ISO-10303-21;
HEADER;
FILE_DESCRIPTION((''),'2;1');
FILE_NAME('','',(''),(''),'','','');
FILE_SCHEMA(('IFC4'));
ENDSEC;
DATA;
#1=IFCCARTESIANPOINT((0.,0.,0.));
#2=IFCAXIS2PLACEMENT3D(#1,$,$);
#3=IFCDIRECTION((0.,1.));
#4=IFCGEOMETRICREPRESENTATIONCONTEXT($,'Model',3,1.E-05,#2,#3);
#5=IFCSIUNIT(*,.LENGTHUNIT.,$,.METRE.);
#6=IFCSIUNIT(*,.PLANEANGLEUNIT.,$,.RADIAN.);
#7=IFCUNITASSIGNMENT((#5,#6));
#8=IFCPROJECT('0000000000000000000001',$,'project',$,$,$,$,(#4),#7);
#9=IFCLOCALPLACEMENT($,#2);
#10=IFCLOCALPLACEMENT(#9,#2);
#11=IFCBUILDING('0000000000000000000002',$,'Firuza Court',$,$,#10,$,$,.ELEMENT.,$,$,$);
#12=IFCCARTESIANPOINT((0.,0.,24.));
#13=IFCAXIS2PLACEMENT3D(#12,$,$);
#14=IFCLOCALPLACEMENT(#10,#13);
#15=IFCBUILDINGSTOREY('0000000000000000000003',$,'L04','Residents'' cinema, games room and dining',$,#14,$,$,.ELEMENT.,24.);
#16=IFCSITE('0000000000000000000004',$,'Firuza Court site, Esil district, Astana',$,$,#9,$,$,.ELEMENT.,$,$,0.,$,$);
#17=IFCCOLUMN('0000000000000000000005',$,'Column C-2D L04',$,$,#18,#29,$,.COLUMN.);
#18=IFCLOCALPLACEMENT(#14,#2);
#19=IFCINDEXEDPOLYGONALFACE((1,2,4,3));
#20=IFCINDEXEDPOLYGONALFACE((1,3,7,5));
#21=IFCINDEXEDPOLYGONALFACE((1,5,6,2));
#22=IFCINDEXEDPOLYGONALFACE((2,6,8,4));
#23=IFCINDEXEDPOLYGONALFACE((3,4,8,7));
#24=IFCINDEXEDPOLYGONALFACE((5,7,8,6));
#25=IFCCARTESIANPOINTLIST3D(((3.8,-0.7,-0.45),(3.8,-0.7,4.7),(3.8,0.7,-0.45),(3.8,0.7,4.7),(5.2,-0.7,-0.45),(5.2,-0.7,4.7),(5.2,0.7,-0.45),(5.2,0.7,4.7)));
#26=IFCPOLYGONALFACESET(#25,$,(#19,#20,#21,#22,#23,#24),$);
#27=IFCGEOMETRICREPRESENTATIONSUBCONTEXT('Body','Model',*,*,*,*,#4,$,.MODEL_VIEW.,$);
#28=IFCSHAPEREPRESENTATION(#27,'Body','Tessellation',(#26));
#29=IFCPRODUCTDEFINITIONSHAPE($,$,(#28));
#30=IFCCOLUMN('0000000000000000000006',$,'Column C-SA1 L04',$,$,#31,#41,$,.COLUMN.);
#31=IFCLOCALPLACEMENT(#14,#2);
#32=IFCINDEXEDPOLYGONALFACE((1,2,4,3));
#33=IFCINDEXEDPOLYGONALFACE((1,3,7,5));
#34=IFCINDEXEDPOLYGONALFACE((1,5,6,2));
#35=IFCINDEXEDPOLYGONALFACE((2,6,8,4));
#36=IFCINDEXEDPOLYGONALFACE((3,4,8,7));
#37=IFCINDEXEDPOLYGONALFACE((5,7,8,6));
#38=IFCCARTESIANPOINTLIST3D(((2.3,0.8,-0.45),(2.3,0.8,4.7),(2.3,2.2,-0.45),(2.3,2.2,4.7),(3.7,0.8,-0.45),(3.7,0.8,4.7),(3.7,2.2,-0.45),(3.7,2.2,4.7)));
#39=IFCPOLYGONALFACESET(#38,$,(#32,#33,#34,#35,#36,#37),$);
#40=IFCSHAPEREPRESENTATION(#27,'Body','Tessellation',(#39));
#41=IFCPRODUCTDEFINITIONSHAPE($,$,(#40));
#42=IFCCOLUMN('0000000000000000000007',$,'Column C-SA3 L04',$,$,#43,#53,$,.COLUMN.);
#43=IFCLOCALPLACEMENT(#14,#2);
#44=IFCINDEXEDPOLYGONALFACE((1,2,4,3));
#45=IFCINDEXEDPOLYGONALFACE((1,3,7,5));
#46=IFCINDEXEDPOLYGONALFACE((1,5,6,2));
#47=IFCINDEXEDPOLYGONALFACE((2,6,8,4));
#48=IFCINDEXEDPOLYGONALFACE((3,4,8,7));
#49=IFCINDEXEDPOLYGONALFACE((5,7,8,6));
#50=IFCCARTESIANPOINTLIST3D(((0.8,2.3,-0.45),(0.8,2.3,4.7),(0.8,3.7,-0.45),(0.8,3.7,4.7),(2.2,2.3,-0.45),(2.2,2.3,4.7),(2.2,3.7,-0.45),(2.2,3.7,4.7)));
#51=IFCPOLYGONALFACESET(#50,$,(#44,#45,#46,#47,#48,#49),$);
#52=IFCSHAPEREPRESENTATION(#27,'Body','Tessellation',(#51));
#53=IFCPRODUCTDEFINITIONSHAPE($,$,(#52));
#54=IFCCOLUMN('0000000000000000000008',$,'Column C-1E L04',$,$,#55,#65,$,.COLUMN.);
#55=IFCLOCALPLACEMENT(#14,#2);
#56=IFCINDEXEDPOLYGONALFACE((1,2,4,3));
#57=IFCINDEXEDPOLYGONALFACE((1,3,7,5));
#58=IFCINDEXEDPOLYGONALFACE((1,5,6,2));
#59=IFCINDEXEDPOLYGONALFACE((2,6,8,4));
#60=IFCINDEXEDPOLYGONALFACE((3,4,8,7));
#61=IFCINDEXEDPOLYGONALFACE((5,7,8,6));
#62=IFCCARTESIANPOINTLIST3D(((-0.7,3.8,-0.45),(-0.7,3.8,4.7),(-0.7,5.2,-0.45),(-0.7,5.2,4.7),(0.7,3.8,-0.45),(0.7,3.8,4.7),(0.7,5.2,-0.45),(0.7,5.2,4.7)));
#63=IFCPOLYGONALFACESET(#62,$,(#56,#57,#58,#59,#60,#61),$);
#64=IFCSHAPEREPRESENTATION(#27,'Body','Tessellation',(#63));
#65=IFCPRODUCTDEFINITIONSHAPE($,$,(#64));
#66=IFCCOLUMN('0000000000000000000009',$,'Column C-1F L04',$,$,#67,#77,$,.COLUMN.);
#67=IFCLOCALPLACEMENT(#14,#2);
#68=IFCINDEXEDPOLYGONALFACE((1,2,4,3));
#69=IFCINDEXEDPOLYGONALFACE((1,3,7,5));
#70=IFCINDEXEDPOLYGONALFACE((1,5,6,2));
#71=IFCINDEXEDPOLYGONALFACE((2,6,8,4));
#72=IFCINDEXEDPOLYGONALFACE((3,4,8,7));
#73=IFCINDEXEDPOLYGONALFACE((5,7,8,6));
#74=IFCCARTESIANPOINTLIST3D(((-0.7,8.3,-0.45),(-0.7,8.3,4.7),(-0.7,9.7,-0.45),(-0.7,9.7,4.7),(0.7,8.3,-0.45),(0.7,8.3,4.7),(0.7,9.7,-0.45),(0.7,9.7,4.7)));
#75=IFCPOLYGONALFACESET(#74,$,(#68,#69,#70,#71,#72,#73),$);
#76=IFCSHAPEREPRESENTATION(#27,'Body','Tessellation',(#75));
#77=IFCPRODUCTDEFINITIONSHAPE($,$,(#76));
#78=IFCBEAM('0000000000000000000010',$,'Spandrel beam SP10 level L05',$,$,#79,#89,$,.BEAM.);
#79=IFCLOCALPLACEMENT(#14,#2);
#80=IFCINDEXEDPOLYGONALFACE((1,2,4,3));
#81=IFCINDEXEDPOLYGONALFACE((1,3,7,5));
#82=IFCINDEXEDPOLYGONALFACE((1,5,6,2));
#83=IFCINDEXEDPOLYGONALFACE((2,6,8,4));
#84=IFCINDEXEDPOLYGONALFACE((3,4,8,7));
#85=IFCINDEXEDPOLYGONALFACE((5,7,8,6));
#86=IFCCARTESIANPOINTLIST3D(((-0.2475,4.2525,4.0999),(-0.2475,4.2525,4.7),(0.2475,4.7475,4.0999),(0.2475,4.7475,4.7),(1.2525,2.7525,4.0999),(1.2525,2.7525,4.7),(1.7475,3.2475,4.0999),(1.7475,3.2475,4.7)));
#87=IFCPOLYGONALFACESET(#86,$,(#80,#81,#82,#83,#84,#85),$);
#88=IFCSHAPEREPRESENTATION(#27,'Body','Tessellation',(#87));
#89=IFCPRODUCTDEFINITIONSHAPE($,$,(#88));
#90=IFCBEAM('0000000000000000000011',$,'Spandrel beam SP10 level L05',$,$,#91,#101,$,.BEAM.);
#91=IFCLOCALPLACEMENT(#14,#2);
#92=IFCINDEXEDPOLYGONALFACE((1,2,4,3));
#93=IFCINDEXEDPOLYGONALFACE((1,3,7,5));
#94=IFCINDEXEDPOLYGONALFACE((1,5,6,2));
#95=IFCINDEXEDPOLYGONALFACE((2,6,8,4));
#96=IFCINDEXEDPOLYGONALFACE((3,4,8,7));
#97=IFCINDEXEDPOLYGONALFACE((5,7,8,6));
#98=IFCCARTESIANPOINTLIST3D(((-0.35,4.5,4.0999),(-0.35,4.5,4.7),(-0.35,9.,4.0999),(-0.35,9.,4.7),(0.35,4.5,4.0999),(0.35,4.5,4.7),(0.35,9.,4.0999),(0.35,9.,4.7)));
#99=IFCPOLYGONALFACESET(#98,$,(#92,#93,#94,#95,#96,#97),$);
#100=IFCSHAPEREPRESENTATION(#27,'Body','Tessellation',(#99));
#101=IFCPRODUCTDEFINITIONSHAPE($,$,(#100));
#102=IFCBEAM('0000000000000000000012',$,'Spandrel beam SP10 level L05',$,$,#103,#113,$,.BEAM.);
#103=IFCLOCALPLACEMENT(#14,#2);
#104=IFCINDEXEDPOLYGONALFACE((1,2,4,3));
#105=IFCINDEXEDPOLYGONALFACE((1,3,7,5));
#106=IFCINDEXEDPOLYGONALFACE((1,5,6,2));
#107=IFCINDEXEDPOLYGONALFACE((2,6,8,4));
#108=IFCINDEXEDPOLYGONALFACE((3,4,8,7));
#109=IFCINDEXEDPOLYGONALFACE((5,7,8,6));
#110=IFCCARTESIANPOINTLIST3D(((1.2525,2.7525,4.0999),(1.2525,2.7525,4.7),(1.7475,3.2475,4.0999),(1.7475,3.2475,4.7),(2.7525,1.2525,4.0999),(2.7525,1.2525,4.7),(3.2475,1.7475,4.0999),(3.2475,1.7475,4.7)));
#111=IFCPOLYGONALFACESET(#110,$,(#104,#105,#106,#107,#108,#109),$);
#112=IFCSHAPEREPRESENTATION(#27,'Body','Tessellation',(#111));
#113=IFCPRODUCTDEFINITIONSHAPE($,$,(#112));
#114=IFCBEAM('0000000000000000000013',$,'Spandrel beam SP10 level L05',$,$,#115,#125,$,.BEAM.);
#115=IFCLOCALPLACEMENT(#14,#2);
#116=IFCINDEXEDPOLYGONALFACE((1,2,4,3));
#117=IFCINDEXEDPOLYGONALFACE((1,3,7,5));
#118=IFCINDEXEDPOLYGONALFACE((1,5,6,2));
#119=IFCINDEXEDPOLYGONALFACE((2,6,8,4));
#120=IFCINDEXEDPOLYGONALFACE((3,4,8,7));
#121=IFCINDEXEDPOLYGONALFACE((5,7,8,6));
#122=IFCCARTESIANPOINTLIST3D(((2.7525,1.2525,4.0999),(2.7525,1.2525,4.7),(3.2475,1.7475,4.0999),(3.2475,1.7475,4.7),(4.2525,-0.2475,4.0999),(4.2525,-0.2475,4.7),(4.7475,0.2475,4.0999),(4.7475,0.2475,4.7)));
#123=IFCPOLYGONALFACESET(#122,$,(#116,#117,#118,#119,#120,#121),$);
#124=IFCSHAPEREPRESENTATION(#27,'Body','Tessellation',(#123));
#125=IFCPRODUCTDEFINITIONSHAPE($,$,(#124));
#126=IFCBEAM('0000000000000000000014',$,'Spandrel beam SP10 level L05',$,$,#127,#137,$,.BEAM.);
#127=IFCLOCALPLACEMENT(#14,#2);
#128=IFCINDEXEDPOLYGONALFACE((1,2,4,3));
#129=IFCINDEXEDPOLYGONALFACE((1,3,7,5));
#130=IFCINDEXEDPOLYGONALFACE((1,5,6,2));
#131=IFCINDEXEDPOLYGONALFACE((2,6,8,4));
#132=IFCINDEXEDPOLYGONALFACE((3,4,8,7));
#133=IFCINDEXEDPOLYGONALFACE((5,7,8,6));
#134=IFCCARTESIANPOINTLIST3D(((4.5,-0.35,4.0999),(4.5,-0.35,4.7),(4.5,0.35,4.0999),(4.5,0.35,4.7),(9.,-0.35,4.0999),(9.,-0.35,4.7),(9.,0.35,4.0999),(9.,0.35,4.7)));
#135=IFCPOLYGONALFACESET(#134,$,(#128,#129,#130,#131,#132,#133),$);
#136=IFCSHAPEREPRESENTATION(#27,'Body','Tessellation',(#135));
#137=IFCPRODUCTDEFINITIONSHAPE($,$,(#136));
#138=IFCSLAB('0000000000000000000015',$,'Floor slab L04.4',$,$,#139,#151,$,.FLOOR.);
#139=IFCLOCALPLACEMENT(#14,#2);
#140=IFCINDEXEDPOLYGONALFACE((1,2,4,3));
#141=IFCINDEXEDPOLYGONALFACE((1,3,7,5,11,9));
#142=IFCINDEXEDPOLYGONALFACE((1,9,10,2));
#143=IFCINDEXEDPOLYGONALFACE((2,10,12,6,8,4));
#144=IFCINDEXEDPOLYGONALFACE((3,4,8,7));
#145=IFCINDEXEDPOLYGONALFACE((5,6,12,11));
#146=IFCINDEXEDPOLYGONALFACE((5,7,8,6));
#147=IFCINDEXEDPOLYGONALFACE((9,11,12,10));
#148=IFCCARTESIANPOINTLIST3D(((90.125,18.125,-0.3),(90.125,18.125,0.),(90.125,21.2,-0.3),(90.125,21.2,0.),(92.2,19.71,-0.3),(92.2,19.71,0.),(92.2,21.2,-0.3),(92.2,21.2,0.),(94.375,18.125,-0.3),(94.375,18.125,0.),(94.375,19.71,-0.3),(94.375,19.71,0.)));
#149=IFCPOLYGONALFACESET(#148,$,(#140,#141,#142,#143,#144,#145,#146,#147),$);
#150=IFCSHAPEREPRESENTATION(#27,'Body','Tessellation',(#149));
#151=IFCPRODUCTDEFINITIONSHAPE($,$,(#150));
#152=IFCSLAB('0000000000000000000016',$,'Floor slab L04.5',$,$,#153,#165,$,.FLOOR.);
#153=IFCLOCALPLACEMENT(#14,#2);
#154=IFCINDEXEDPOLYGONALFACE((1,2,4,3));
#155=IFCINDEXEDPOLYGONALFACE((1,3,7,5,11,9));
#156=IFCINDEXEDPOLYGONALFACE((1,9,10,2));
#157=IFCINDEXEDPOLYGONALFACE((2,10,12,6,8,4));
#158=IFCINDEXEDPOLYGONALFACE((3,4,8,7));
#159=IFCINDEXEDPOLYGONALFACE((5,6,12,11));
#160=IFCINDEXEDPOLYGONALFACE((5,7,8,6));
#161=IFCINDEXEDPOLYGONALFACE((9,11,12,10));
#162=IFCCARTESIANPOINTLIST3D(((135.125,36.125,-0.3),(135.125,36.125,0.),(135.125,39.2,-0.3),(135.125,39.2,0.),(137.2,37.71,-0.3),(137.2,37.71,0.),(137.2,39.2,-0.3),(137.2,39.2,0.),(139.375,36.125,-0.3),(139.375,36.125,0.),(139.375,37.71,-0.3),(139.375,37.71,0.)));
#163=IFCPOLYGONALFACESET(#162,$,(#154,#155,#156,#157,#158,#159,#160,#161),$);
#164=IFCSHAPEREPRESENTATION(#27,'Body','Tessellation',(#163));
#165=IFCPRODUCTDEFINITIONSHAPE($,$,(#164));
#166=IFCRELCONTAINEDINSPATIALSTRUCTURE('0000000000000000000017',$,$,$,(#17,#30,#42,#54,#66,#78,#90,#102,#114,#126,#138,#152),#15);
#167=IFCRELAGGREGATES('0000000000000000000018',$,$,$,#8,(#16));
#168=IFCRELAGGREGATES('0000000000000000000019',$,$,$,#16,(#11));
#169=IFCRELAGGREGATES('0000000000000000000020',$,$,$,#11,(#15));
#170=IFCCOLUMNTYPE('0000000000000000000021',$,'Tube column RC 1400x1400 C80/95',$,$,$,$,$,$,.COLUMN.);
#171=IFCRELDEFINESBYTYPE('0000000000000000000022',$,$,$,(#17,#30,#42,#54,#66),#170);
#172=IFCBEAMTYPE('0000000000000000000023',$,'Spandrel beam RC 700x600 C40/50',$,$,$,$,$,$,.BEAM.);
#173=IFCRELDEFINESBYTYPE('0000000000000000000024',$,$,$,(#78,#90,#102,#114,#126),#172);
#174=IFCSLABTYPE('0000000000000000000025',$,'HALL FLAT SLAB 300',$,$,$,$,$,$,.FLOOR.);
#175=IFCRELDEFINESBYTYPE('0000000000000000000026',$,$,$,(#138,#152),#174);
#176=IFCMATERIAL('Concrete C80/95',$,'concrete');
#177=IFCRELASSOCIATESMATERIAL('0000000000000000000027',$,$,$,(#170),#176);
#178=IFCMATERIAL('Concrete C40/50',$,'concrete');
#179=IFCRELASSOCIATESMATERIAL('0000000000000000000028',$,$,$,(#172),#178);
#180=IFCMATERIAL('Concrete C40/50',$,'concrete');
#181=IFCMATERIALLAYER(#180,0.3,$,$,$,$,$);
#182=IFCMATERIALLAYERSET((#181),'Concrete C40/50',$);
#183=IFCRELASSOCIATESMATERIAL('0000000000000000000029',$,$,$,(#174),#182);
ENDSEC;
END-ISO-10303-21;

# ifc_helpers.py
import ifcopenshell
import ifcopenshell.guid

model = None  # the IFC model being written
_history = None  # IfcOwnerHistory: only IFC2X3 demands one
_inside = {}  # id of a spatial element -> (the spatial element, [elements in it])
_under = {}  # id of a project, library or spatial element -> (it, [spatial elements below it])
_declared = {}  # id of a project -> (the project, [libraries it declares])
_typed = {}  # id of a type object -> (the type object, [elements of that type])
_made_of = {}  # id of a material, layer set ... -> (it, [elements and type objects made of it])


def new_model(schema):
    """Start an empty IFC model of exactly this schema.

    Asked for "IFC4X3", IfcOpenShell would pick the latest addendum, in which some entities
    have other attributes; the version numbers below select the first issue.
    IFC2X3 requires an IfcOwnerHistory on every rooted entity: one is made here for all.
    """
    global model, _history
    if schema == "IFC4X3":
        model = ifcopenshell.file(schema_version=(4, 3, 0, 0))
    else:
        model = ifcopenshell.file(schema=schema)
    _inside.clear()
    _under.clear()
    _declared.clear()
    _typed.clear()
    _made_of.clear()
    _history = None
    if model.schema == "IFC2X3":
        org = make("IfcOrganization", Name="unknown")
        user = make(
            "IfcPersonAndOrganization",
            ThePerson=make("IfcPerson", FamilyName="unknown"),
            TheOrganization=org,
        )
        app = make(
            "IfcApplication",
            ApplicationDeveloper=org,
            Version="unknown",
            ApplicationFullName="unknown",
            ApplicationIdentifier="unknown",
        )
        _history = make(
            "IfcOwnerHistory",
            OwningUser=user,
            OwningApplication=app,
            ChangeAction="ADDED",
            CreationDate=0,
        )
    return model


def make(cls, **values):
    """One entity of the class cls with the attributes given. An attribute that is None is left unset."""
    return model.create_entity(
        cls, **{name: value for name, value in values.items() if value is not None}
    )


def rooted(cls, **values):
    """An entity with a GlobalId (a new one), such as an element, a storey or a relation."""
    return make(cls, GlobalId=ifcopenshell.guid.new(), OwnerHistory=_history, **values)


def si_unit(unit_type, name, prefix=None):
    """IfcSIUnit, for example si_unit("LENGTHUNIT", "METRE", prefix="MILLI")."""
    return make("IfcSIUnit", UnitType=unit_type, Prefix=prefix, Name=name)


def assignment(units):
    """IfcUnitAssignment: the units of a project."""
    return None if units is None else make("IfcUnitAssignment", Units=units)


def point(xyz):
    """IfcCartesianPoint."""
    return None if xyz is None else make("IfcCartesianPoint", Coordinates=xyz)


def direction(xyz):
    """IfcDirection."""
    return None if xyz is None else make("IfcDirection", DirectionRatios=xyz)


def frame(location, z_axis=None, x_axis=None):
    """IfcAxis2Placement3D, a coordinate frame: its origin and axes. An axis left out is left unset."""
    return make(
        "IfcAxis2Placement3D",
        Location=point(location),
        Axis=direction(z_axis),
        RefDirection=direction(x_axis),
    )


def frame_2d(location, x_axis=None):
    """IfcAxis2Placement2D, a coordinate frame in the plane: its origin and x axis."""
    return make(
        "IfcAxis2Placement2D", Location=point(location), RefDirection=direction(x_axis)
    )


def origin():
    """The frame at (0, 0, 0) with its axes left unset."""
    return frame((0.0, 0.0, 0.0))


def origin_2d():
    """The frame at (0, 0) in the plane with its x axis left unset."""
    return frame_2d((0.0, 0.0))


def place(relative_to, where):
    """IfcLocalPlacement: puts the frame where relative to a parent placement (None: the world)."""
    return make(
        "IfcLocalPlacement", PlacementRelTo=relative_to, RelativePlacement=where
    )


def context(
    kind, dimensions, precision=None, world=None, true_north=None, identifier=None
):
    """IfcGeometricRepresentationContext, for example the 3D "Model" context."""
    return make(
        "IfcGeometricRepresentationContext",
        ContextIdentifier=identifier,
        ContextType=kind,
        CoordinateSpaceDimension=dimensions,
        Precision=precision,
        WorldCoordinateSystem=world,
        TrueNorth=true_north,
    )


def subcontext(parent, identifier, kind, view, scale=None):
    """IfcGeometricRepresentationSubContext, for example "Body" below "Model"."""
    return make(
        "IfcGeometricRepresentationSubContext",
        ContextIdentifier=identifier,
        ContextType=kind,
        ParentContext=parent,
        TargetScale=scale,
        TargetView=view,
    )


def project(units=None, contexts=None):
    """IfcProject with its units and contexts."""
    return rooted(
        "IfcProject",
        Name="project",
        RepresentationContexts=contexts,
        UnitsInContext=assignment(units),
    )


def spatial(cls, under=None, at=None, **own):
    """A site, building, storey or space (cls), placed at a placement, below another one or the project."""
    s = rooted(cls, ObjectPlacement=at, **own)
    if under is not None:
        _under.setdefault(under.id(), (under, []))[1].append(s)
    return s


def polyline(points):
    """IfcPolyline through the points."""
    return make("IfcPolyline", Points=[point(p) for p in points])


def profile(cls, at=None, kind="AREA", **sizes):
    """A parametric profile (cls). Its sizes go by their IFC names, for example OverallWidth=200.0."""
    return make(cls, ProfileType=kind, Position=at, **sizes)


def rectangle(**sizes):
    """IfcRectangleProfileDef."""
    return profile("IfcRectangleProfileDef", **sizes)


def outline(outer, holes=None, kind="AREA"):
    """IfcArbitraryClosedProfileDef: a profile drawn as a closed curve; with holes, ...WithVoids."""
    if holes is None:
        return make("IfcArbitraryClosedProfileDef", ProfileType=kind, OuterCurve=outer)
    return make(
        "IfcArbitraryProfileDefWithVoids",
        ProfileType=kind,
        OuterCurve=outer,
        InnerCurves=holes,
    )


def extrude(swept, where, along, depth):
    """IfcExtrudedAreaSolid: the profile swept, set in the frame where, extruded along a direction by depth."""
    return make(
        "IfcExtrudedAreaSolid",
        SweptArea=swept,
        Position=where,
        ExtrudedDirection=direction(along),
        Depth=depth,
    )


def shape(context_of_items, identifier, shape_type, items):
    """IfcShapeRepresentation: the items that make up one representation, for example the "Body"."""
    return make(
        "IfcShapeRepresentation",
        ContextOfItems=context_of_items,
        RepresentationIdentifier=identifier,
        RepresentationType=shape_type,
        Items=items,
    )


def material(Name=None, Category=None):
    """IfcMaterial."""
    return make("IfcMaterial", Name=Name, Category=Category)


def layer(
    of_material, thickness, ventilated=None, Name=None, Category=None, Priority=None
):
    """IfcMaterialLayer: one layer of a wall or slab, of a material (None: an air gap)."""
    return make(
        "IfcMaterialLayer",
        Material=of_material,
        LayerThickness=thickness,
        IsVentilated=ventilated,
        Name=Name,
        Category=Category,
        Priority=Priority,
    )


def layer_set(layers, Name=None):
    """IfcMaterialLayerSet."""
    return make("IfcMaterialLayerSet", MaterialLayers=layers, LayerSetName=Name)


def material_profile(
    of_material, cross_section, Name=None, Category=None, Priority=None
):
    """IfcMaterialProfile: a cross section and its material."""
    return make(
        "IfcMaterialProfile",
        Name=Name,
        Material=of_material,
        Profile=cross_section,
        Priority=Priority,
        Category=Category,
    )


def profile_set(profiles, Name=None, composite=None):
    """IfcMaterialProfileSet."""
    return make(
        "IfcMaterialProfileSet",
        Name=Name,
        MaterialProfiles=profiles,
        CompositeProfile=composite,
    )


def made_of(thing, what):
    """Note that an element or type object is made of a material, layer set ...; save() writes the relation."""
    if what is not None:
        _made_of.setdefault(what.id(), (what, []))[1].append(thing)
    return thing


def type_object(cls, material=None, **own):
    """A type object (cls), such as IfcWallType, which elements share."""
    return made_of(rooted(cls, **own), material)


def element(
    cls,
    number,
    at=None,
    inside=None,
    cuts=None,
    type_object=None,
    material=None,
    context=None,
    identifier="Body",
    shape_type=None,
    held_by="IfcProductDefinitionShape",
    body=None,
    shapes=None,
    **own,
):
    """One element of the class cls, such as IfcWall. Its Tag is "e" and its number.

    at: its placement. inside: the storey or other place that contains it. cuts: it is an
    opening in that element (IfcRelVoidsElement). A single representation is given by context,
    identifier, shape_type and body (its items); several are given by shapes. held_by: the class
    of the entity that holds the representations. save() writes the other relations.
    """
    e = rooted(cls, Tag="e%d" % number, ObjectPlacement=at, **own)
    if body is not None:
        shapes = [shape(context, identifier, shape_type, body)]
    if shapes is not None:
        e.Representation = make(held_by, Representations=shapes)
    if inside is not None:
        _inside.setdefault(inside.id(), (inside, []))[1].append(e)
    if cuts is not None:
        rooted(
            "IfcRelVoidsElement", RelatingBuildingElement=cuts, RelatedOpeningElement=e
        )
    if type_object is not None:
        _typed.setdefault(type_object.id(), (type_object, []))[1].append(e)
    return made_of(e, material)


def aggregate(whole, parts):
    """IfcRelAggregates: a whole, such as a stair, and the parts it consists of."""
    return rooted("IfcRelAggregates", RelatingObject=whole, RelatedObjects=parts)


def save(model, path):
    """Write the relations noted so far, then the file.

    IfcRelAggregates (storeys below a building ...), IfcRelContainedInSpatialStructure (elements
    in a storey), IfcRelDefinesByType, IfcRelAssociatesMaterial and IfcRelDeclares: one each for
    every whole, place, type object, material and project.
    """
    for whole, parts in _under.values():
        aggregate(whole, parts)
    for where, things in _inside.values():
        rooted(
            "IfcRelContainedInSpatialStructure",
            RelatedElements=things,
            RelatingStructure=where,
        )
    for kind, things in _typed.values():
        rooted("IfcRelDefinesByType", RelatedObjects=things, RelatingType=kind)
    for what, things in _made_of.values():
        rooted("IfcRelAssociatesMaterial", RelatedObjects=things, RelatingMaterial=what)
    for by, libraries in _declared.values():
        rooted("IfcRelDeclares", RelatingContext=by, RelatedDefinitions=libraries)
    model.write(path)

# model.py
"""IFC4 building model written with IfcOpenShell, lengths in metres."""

from ifc_helpers import new_model, si_unit, direction, frame, origin, origin_2d, place, context, subcontext, project, spatial, polyline, rectangle, outline, extrude, material, layer, layer_set, material_profile, profile_set, type_object, element, save


model = new_model("IFC4")

# Units and contexts
model_context = context("Model", 3, precision=1e-05, world=origin(), true_north=direction((0.0, 1.0)))
body_context = subcontext(model_context, "Body", "Model", "MODEL_VIEW")
ifc_project = project(units=[si_unit("LENGTHUNIT", "METRE"), si_unit("PLANEANGLEUNIT", "RADIAN")], contexts=[model_context])

# Site, building, storey
site_placement = place(None, origin())
site = spatial("IfcSite", under=ifc_project, at=site_placement, Name="Firuza Court site, Esil district, Astana", CompositionType="ELEMENT", RefElevation=0.0)
building_placement = place(site_placement, origin())
building = spatial("IfcBuilding", under=site, at=building_placement, Name="Firuza Court", CompositionType="ELEMENT")
storey_placement = place(building_placement, frame((0.0, 0.0, 24.0)))
storey = spatial("IfcBuildingStorey", under=building, at=storey_placement, Name="L04", Description="Residents' cinema, games room and dining", CompositionType="ELEMENT", Elevation=24.0)

# Columns
ifc_material_1 = material(Name="Concrete C80/95", Category="concrete")
ifc_material_profile_1 = material_profile(ifc_material_1, rectangle(XDim=1.3999, YDim=1.3999, at=origin_2d()), Name="RC 1400x1400")
ifc_profile_set_1 = profile_set([ifc_material_profile_1], Name="Concrete C80/95")
column_type = type_object("IfcColumnType", Name="Tube column RC 1400x1400 C80/95", PredefinedType="COLUMN", material=ifc_profile_set_1)
for number, where, z_axis, x_axis, name in (
    (1, (4.5, 0.0, -0.45), (0.0, 0.0, 1.0), (1.0, 0.0, 0.0), "Column C-2D L04"),
    (2, (3.0, 1.5, -0.45), (0.0, 0.0, 1.0), (1.0, 0.0, 0.0), "Column C-SA1 L04"),
    (3, (1.5, 3.0, -0.45), (0.0, 0.0, 1.0), (1.0, 0.0, 0.0), "Column C-SA3 L04"),
    (4, (0.0, 4.5, -0.45), (0.0, 0.0, 1.0), (1.0, 0.0, 0.0), "Column C-1E L04"),
    (5, (0.0, 9.0, -0.45), (0.0, 0.0, 1.0), (1.0, 0.0, 0.0), "Column C-1F L04"),
):
    element("IfcColumn", number, at=place(storey_placement, frame(where, z_axis=z_axis, x_axis=x_axis)), inside=storey, type_object=column_type, Name=name, PredefinedType="COLUMN", context=body_context, shape_type="SweptSolid", body=[
        extrude(rectangle(XDim=1.3999, YDim=1.3999, at=origin_2d()), origin(), (0.0, 0.0, 1.0), 5.1499),
    ])

# Beams
ifc_material_2 = material(Name="Concrete C40/50", Category="concrete")
ifc_material_profile_2 = material_profile(ifc_material_2, rectangle(XDim=0.7, YDim=0.6001, at=origin_2d()), Name="RC 700x600")
ifc_profile_set_2 = profile_set([ifc_material_profile_2], Name="Concrete C40/50")
beam_type = type_object("IfcBeamType", Name="Spandrel beam RC 700x600 C40/50", PredefinedType="BEAM", material=ifc_profile_set_2)
beam_1_placement = place(storey_placement, frame((0.0, 4.5, 4.3999), z_axis=(0.707107, -0.707107, 0.0), x_axis=(0.707107, 0.707107, 0.0)))
element("IfcBeam", 6, at=beam_1_placement, inside=storey, type_object=beam_type, Name="Spandrel beam SP10 level L05", PredefinedType="BEAM", context=body_context, shape_type="SweptSolid", body=[
    extrude(rectangle(XDim=0.7, YDim=0.6001, at=origin_2d()), origin(), (0.0, 0.0, 1.0), 2.1213),
])
beam_2_placement = place(storey_placement, frame((0.0, 9.0, 4.3999), z_axis=(0.0, -1.0, 0.0), x_axis=(1.0, 0.0, 0.0)))
element("IfcBeam", 7, at=beam_2_placement, inside=storey, type_object=beam_type, Name="Spandrel beam SP10 level L05", PredefinedType="BEAM", context=body_context, shape_type="SweptSolid", body=[
    extrude(rectangle(XDim=0.7, YDim=0.6001, at=origin_2d()), origin(), (0.0, 0.0, 1.0), 4.5),
])
for number, where, z_axis, x_axis, name in (
    (8, (1.5, 3.0, 4.3999), (0.707107, -0.707107, 0.0), (0.707107, 0.707107, 0.0), "Spandrel beam SP10 level L05"),
    (9, (3.0, 1.5, 4.3999), (0.707107, -0.707107, 0.0), (0.707107, 0.707107, 0.0), "Spandrel beam SP10 level L05"),
):
    element("IfcBeam", number, at=place(storey_placement, frame(where, z_axis=z_axis, x_axis=x_axis)), inside=storey, type_object=beam_type, Name=name, PredefinedType="BEAM", context=body_context, shape_type="SweptSolid", body=[
        extrude(rectangle(XDim=0.7, YDim=0.6001, at=origin_2d()), origin(), (0.0, 0.0, 1.0), 2.1213),
    ])
beam_3_placement = place(storey_placement, frame((4.5, 0.0, 4.3999), z_axis=(1.0, 0.0, 0.0), x_axis=(0.0, 1.0, 0.0)))
element("IfcBeam", 10, at=beam_3_placement, inside=storey, type_object=beam_type, Name="Spandrel beam SP10 level L05", PredefinedType="BEAM", context=body_context, shape_type="SweptSolid", body=[
    extrude(rectangle(XDim=0.7, YDim=0.6001, at=origin_2d()), origin(), (0.0, 0.0, 1.0), 4.5),
])

# Slabs
ifc_material_3 = material(Name="Concrete C40/50", Category="concrete")
ifc_layer_1 = layer(ifc_material_3, 0.3)
ifc_layer_set_1 = layer_set([ifc_layer_1], Name="Concrete C40/50")
slab_type_1 = type_object("IfcSlabType", Name="HALL FLAT SLAB 300", PredefinedType="FLOOR", material=ifc_layer_set_1)
slab_1_placement = place(storey_placement, frame((0.0, 0.0, -0.3)))
element("IfcSlab", 11, at=slab_1_placement, inside=storey, type_object=slab_type_1, Name="Floor slab L04.4", PredefinedType="FLOOR", context=body_context, shape_type="SweptSolid", body=[
    extrude(outline(polyline([(90.125, 18.125), (90.125, 21.2), (92.2, 21.2), (92.2, 19.71), (94.375, 19.71), (94.375, 18.125), (90.125, 18.125)])), origin(), (0.0, 0.0, 1.0), 0.3),
])
slab_2_placement = place(storey_placement, frame((0.0, 0.0, -0.3)))
element("IfcSlab", 12, at=slab_2_placement, inside=storey, type_object=slab_type_1, Name="Floor slab L04.5", PredefinedType="FLOOR", context=body_context, shape_type="SweptSolid", body=[
    extrude(outline(polyline([(135.125, 36.125), (135.125, 39.2), (137.2, 39.2), (137.2, 37.71), (139.375, 37.71), (139.375, 36.125), (135.125, 36.125)])), origin(), (0.0, 0.0, 1.0), 0.3),
])

save(model, "model.ifc")
